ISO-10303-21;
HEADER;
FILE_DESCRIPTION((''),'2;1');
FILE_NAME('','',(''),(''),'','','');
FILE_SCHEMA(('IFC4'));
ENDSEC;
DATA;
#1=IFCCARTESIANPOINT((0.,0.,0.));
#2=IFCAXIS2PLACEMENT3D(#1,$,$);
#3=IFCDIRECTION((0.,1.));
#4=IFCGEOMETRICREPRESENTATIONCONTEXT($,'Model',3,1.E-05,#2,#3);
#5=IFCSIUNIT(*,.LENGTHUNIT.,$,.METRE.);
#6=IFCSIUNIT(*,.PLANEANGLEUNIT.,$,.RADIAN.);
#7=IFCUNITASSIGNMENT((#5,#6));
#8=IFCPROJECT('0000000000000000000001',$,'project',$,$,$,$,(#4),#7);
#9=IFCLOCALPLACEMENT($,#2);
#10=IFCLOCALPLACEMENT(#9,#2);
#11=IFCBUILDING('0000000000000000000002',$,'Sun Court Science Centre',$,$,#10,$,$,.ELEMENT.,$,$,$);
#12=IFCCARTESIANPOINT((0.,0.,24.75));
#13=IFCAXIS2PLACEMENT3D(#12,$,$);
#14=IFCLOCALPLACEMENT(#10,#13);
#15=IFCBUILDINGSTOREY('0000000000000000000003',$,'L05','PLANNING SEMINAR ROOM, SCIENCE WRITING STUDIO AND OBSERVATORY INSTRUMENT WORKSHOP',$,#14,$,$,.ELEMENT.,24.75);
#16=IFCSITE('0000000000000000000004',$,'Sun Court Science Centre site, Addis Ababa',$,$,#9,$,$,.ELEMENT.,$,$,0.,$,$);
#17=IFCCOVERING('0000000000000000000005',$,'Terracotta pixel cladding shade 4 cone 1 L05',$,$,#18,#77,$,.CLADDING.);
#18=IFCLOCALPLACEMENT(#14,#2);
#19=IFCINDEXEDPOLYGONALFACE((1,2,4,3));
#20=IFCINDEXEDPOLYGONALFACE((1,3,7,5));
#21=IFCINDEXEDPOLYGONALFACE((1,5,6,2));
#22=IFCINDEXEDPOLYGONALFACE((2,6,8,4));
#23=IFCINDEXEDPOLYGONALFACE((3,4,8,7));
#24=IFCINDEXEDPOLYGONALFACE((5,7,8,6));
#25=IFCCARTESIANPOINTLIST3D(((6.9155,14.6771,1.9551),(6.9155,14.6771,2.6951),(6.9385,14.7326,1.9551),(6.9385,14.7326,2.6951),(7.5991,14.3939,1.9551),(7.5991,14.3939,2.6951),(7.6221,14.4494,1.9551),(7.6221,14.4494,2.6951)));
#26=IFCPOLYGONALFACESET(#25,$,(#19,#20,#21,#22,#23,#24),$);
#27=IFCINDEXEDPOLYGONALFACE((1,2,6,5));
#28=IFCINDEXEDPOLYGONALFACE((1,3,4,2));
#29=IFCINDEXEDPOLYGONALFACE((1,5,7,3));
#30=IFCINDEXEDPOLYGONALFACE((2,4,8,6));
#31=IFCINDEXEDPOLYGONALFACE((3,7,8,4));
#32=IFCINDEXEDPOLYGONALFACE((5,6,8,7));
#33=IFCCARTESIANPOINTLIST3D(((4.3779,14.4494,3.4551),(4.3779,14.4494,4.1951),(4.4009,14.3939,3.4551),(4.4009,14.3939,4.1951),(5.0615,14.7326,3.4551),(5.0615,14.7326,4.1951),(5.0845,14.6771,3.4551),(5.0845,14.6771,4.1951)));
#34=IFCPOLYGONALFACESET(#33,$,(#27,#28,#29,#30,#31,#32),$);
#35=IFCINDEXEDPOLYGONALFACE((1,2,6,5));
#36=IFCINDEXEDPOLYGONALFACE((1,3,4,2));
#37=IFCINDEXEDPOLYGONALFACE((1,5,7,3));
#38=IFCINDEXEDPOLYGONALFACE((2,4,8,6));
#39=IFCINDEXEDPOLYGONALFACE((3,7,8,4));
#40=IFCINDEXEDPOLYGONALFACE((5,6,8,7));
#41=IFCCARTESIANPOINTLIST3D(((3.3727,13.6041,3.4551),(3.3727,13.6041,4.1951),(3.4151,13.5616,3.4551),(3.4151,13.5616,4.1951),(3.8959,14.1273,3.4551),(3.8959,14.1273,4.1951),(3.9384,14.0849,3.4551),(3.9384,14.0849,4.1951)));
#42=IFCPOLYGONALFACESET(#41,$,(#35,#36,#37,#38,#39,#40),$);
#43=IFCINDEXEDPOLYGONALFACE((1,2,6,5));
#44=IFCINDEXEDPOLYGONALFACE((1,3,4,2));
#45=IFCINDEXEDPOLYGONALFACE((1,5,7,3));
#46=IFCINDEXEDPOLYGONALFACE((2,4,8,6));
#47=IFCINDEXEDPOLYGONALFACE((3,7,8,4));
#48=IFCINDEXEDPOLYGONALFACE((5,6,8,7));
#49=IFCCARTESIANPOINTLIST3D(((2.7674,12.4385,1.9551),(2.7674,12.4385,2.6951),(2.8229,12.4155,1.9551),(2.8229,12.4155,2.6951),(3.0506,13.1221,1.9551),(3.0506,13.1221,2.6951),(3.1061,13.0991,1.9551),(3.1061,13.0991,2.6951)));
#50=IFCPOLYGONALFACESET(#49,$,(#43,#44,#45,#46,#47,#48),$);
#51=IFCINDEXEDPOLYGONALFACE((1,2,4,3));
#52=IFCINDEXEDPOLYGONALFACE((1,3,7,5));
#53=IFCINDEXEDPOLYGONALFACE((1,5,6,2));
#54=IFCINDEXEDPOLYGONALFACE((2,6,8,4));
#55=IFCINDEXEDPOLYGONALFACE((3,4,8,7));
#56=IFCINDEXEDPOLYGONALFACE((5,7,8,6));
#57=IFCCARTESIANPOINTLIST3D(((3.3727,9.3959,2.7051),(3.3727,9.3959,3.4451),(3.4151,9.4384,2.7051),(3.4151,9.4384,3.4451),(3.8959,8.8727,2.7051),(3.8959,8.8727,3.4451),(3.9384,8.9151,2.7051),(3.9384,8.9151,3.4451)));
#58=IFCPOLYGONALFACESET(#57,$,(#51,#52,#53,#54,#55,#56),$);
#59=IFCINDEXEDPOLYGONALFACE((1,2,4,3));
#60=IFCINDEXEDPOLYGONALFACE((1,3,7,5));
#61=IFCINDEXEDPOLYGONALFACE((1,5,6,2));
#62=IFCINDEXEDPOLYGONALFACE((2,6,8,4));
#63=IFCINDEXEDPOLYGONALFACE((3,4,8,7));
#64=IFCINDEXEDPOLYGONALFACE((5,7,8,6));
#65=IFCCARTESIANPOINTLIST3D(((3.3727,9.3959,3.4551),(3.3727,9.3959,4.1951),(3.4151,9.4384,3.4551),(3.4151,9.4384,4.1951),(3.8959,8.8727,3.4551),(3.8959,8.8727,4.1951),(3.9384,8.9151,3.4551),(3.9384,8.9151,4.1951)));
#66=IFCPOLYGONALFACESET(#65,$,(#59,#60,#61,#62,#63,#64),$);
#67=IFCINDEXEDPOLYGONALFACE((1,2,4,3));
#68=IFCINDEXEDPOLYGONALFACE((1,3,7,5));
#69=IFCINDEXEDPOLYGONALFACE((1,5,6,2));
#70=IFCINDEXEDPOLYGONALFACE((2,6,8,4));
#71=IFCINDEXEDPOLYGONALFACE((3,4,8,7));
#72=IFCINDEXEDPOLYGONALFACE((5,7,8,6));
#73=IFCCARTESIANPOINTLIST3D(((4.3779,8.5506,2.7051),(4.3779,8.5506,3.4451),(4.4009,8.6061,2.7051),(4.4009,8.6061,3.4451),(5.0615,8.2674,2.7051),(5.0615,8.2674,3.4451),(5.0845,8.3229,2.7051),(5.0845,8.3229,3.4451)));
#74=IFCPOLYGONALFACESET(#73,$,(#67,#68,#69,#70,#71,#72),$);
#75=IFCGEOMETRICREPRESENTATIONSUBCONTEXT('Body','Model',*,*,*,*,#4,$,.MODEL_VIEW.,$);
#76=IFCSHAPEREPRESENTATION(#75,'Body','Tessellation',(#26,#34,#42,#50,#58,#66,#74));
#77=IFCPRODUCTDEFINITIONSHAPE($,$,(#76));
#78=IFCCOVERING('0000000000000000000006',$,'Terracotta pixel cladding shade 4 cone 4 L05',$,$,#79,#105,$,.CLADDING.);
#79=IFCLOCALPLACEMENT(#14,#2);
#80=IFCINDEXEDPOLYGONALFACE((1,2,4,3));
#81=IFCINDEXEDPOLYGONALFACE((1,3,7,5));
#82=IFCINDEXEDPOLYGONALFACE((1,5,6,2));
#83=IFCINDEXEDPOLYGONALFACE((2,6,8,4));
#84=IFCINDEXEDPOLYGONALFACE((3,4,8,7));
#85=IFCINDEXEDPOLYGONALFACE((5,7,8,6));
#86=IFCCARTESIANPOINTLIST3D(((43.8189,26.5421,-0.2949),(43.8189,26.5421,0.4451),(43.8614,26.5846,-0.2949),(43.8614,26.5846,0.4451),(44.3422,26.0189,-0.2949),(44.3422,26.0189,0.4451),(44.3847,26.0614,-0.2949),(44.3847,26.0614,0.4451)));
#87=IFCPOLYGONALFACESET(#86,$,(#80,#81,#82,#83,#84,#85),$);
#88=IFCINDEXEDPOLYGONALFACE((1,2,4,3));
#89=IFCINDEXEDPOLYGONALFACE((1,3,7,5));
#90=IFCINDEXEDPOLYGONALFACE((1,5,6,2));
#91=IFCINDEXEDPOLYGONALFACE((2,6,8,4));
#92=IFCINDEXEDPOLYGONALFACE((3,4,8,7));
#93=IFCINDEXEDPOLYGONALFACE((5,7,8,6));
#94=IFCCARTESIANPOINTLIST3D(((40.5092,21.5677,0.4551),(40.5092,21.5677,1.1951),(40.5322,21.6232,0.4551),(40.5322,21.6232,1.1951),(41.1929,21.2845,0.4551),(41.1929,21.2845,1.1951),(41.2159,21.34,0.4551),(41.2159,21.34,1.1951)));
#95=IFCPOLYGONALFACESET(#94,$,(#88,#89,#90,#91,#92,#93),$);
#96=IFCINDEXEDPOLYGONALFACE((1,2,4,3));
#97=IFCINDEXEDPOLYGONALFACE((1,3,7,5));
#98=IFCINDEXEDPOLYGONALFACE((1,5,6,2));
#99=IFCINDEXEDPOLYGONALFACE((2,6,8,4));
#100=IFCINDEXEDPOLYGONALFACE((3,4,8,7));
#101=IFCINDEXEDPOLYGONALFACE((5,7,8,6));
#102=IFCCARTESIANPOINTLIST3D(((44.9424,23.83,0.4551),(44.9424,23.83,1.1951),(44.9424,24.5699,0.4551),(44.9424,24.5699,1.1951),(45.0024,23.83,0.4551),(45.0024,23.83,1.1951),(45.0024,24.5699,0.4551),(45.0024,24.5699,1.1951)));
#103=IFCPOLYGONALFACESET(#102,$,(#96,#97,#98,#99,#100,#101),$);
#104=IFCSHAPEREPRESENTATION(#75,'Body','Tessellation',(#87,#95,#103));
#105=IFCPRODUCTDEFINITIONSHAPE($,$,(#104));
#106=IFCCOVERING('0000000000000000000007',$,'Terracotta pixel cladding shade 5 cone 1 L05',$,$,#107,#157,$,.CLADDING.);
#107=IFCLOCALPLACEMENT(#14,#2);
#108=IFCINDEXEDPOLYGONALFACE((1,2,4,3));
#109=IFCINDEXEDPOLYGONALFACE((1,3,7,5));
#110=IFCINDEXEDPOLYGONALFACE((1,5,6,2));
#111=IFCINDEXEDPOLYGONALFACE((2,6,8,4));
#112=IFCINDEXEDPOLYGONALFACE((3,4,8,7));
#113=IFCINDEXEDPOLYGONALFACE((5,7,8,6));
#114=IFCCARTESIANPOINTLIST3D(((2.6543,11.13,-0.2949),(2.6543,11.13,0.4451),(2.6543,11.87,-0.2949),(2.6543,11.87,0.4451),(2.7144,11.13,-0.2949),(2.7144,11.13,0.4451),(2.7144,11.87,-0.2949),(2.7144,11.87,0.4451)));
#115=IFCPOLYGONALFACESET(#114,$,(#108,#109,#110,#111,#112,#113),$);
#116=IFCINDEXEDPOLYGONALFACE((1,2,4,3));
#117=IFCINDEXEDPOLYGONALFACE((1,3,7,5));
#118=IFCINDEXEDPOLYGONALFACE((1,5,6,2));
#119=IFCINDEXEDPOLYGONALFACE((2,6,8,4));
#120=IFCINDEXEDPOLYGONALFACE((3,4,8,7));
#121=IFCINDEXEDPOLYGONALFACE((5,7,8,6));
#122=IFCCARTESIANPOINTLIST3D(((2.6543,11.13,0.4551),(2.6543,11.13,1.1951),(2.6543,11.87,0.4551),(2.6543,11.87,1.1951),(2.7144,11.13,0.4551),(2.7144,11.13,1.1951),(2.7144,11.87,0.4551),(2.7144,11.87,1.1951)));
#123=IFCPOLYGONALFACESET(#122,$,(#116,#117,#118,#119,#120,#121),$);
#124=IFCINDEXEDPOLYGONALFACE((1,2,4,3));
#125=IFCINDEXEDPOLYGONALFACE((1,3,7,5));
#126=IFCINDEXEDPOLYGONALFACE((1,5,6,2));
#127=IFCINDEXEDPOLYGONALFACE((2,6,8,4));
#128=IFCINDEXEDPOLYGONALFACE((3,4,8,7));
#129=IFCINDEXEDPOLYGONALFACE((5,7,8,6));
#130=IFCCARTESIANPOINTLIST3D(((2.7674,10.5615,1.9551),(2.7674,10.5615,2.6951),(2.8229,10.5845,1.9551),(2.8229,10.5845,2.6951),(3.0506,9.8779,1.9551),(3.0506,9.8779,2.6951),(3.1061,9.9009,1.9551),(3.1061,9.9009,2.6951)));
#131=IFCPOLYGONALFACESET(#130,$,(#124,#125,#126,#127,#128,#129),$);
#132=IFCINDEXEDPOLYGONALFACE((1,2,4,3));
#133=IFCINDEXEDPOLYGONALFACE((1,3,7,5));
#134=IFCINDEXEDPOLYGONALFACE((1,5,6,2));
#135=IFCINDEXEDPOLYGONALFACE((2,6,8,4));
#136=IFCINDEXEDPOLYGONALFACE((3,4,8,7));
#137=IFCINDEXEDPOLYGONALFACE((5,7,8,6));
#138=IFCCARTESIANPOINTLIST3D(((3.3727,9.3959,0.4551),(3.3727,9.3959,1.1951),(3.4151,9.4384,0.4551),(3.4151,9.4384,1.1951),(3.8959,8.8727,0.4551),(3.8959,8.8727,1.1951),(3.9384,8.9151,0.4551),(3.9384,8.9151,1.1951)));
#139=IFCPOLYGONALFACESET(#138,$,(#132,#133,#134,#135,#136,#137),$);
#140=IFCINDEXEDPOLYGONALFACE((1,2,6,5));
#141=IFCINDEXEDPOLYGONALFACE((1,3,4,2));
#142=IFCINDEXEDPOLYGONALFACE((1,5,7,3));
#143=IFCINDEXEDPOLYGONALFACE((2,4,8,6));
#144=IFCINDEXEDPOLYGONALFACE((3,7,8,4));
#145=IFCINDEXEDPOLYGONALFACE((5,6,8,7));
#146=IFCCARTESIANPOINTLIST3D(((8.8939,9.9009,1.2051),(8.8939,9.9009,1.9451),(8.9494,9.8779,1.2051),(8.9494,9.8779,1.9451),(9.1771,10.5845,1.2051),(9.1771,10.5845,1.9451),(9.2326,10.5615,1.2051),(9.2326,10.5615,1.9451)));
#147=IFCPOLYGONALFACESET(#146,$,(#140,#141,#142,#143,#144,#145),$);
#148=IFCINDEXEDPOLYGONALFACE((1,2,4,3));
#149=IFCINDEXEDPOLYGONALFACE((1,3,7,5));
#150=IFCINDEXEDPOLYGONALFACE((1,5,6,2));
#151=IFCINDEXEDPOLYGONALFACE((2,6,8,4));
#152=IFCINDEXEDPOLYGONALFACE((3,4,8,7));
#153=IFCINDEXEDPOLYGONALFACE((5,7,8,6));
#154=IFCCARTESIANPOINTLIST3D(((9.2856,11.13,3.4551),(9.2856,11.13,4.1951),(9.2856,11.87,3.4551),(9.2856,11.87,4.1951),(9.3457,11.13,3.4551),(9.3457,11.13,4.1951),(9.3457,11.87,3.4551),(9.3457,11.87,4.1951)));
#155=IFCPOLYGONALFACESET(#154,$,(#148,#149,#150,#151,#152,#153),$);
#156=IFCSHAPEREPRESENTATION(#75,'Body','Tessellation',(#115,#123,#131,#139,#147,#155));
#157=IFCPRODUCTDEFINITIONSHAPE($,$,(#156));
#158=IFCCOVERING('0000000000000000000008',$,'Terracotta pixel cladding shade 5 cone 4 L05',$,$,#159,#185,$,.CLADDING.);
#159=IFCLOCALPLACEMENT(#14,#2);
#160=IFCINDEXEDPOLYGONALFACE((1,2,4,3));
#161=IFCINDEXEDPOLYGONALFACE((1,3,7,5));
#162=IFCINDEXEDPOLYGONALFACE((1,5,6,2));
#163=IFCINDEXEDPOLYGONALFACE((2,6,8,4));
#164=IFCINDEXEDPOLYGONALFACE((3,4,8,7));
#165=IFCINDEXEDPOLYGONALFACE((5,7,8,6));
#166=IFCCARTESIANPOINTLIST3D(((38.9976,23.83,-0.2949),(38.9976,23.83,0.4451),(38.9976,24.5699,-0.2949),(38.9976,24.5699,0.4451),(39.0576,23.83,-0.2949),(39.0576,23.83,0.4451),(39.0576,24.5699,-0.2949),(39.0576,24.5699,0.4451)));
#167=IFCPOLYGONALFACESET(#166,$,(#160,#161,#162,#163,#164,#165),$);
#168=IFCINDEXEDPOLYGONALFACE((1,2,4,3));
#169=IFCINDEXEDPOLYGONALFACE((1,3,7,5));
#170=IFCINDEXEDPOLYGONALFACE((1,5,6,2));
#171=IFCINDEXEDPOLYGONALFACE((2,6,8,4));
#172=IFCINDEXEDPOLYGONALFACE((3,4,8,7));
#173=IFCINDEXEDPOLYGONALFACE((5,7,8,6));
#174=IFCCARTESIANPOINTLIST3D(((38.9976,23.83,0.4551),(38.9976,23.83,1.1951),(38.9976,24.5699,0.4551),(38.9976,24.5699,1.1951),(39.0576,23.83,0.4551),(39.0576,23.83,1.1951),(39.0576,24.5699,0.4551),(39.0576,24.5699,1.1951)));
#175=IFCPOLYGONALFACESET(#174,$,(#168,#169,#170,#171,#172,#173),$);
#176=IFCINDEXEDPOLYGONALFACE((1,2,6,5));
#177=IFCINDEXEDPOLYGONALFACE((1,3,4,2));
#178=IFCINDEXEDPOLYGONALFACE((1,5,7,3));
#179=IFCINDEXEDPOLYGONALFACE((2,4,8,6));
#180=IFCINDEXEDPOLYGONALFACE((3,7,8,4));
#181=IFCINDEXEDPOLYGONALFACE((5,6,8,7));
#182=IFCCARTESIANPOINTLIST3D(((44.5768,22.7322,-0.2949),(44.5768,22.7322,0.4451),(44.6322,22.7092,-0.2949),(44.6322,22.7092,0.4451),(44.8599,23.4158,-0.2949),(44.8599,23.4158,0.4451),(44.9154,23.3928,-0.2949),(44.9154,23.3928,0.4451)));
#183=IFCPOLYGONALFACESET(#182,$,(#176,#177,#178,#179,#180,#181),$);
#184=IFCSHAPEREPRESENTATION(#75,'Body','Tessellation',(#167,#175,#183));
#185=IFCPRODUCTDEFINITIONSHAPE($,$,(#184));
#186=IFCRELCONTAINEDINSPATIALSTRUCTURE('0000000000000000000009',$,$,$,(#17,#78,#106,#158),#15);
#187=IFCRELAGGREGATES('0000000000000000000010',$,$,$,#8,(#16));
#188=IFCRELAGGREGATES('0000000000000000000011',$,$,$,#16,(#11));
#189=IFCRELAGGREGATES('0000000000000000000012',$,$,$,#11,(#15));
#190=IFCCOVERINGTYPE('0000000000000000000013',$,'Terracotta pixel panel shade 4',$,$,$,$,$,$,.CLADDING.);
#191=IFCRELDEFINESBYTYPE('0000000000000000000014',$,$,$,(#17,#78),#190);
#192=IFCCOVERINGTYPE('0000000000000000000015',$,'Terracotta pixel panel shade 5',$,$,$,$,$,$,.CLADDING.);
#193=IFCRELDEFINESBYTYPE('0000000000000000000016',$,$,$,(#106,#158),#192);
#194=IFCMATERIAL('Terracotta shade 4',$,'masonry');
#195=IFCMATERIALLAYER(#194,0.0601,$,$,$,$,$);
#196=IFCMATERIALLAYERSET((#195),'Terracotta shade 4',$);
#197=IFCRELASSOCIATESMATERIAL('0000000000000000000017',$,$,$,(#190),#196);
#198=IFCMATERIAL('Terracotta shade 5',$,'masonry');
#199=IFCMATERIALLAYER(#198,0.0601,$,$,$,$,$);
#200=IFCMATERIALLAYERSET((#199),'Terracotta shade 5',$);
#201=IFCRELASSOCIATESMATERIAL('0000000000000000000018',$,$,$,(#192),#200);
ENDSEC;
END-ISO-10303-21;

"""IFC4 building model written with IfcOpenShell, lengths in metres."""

from ifc_helpers import new_model, si_unit, direction, frame, origin, origin_2d, place, context, subcontext, project, spatial, rectangle, extrude, material, layer, layer_set, type_object, element, save


model = new_model("IFC4")

# Units and contexts
model_context = context("Model", 3, precision=1e-05, world=origin(), true_north=direction((0.0, 1.0)))
body_context = subcontext(model_context, "Body", "Model", "MODEL_VIEW")
ifc_project = project(units=[si_unit("LENGTHUNIT", "METRE"), si_unit("PLANEANGLEUNIT", "RADIAN")], contexts=[model_context])

# Site, building, storey
site_placement = place(None, origin())
site = spatial("IfcSite", under=ifc_project, at=site_placement, Name="Sun Court Science Centre site, Addis Ababa", CompositionType="ELEMENT", RefElevation=0.0)
building_placement = place(site_placement, origin())
building = spatial("IfcBuilding", under=site, at=building_placement, Name="Sun Court Science Centre", CompositionType="ELEMENT")
storey_placement = place(building_placement, frame((0.0, 0.0, 24.75)))
storey = spatial("IfcBuildingStorey", under=building, at=storey_placement, Name="L05", Description="PLANNING SEMINAR ROOM, SCIENCE WRITING STUDIO AND OBSERVATORY INSTRUMENT WORKSHOP", CompositionType="ELEMENT", Elevation=24.75)

# Coverings
ifc_material_1 = material(Name="Terracotta shade 4", Category="masonry")
ifc_layer_1 = layer(ifc_material_1, 0.0601)
ifc_layer_set_1 = layer_set([ifc_layer_1], Name="Terracotta shade 4")
covering_type_1 = type_object("IfcCoveringType", Name="Terracotta pixel panel shade 4", PredefinedType="CLADDING", material=ifc_layer_set_1)
covering_1_placement = place(storey_placement, frame((0.0, 0.0, -24.75)))
element("IfcCovering", 1, at=covering_1_placement, inside=storey, type_object=covering_type_1, Name="Terracotta pixel cladding shade 4 cone 1 L05", PredefinedType="CLADDING", context=body_context, shape_type="SweptSolid", body=[
    extrude(rectangle(XDim=0.74, YDim=0.0601, at=origin_2d()), frame((7.2688, 14.5632, 26.7051), z_axis=(0.0, 0.0, 1.0), x_axis=(0.92388, -0.382683, 0.0)), (0.0, 0.0, 1.0), 0.74),
    extrude(rectangle(XDim=0.74, YDim=0.0601, at=origin_2d()), frame((4.7312, 14.5632, 28.2051), z_axis=(0.0, 0.0, 1.0), x_axis=(0.92388, 0.382683, 0.0)), (0.0, 0.0, 1.0), 0.74),
    extrude(rectangle(XDim=0.74, YDim=0.0601, at=origin_2d()), frame((3.6555, 13.8445, 28.2051), z_axis=(0.0, 0.0, 1.0), x_axis=(0.707107, 0.707107, 0.0)), (0.0, 0.0, 1.0), 0.74),
    extrude(rectangle(XDim=0.74, YDim=0.0601, at=origin_2d()), frame((2.9368, 12.7688, 26.7051), z_axis=(0.0, 0.0, 1.0), x_axis=(0.382683, 0.92388, 0.0)), (0.0, 0.0, 1.0), 0.74),
    extrude(rectangle(XDim=0.74, YDim=0.0601, at=origin_2d()), frame((3.6555, 9.1555, 27.4551), z_axis=(0.0, 0.0, 1.0), x_axis=(-0.707107, 0.707107, 0.0)), (0.0, 0.0, 1.0), 0.74),
    extrude(rectangle(XDim=0.74, YDim=0.0601, at=origin_2d()), frame((3.6555, 9.1555, 28.2051), z_axis=(0.0, 0.0, 1.0), x_axis=(-0.707107, 0.707107, 0.0)), (0.0, 0.0, 1.0), 0.74),
    extrude(rectangle(XDim=0.74, YDim=0.0601, at=origin_2d()), frame((4.7312, 8.4368, 27.4551), z_axis=(0.0, 0.0, 1.0), x_axis=(-0.92388, 0.382683, 0.0)), (0.0, 0.0, 1.0), 0.74),
])
covering_2_placement = place(storey_placement, frame((0.0, 0.0, -24.75)))
element("IfcCovering", 2, at=covering_2_placement, inside=storey, type_object=covering_type_1, Name="Terracotta pixel cladding shade 4 cone 4 L05", PredefinedType="CLADDING", context=body_context, shape_type="SweptSolid", body=[
    extrude(rectangle(XDim=0.74, YDim=0.0601, at=origin_2d()), frame((44.1018, 26.3018, 24.4551), z_axis=(0.0, 0.0, 1.0), x_axis=(0.707107, -0.707107, 0.0)), (0.0, 0.0, 1.0), 0.74),
    extrude(rectangle(XDim=0.74, YDim=0.0601, at=origin_2d()), frame((40.8625, 21.4539, 25.2051), z_axis=(0.0, 0.0, 1.0), x_axis=(-0.92388, 0.382683, 0.0)), (0.0, 0.0, 1.0), 0.74),
    extrude(rectangle(XDim=0.74, YDim=0.0601, at=origin_2d()), frame((44.9724, 24.2, 25.2051), z_axis=(0.0, 0.0, 1.0), x_axis=(0.0, -1.0, 0.0)), (0.0, 0.0, 1.0), 0.74),
])
ifc_material_2 = material(Name="Terracotta shade 5", Category="masonry")
ifc_layer_2 = layer(ifc_material_2, 0.0601)
ifc_layer_set_2 = layer_set([ifc_layer_2], Name="Terracotta shade 5")
covering_type_2 = type_object("IfcCoveringType", Name="Terracotta pixel panel shade 5", PredefinedType="CLADDING", material=ifc_layer_set_2)
covering_3_placement = place(storey_placement, frame((0.0, 0.0, -24.75)))
element("IfcCovering", 3, at=covering_3_placement, inside=storey, type_object=covering_type_2, Name="Terracotta pixel cladding shade 5 cone 1 L05", PredefinedType="CLADDING", context=body_context, shape_type="SweptSolid", body=[
    extrude(rectangle(XDim=0.74, YDim=0.0601, at=origin_2d()), frame((2.6843, 11.5, 24.4551), z_axis=(0.0, 0.0, 1.0), x_axis=(0.0, 1.0, 0.0)), (0.0, 0.0, 1.0), 0.74),
    extrude(rectangle(XDim=0.74, YDim=0.0601, at=origin_2d()), frame((2.6843, 11.5, 25.2051), z_axis=(0.0, 0.0, 1.0), x_axis=(0.0, 1.0, 0.0)), (0.0, 0.0, 1.0), 0.74),
    extrude(rectangle(XDim=0.74, YDim=0.0601, at=origin_2d()), frame((2.9368, 10.2312, 26.7051), z_axis=(0.0, 0.0, 1.0), x_axis=(-0.382683, 0.92388, 0.0)), (0.0, 0.0, 1.0), 0.74),
    extrude(rectangle(XDim=0.74, YDim=0.0601, at=origin_2d()), frame((3.6555, 9.1555, 25.2051), z_axis=(0.0, 0.0, 1.0), x_axis=(-0.707107, 0.707107, 0.0)), (0.0, 0.0, 1.0), 0.74),
    extrude(rectangle(XDim=0.74, YDim=0.0601, at=origin_2d()), frame((9.0632, 10.2312, 25.9551), z_axis=(0.0, 0.0, 1.0), x_axis=(-0.382683, -0.92388, 0.0)), (0.0, 0.0, 1.0), 0.74),
    extrude(rectangle(XDim=0.74, YDim=0.0601, at=origin_2d()), frame((9.3157, 11.5, 28.2051), z_axis=(0.0, 0.0, 1.0), x_axis=(0.0, -1.0, 0.0)), (0.0, 0.0, 1.0), 0.74),
])
covering_4_placement = place(storey_placement, frame((0.0, 0.0, -24.75)))
element("IfcCovering", 4, at=covering_4_placement, inside=storey, type_object=covering_type_2, Name="Terracotta pixel cladding shade 5 cone 4 L05", PredefinedType="CLADDING", context=body_context, shape_type="SweptSolid", body=[
    extrude(rectangle(XDim=0.74, YDim=0.0601, at=origin_2d()), frame((39.0276, 24.2, 24.4551), z_axis=(0.0, 0.0, 1.0), x_axis=(0.0, 1.0, 0.0)), (0.0, 0.0, 1.0), 0.74),
    extrude(rectangle(XDim=0.74, YDim=0.0601, at=origin_2d()), frame((39.0276, 24.2, 25.2051), z_axis=(0.0, 0.0, 1.0), x_axis=(0.0, 1.0, 0.0)), (0.0, 0.0, 1.0), 0.74),
    extrude(rectangle(XDim=0.74, YDim=0.0601, at=origin_2d()), frame((44.7461, 23.0625, 24.4551), z_axis=(0.0, 0.0, 1.0), x_axis=(-0.382683, -0.92388, 0.0)), (0.0, 0.0, 1.0), 0.74),
])

save(model, "model.ifc")
